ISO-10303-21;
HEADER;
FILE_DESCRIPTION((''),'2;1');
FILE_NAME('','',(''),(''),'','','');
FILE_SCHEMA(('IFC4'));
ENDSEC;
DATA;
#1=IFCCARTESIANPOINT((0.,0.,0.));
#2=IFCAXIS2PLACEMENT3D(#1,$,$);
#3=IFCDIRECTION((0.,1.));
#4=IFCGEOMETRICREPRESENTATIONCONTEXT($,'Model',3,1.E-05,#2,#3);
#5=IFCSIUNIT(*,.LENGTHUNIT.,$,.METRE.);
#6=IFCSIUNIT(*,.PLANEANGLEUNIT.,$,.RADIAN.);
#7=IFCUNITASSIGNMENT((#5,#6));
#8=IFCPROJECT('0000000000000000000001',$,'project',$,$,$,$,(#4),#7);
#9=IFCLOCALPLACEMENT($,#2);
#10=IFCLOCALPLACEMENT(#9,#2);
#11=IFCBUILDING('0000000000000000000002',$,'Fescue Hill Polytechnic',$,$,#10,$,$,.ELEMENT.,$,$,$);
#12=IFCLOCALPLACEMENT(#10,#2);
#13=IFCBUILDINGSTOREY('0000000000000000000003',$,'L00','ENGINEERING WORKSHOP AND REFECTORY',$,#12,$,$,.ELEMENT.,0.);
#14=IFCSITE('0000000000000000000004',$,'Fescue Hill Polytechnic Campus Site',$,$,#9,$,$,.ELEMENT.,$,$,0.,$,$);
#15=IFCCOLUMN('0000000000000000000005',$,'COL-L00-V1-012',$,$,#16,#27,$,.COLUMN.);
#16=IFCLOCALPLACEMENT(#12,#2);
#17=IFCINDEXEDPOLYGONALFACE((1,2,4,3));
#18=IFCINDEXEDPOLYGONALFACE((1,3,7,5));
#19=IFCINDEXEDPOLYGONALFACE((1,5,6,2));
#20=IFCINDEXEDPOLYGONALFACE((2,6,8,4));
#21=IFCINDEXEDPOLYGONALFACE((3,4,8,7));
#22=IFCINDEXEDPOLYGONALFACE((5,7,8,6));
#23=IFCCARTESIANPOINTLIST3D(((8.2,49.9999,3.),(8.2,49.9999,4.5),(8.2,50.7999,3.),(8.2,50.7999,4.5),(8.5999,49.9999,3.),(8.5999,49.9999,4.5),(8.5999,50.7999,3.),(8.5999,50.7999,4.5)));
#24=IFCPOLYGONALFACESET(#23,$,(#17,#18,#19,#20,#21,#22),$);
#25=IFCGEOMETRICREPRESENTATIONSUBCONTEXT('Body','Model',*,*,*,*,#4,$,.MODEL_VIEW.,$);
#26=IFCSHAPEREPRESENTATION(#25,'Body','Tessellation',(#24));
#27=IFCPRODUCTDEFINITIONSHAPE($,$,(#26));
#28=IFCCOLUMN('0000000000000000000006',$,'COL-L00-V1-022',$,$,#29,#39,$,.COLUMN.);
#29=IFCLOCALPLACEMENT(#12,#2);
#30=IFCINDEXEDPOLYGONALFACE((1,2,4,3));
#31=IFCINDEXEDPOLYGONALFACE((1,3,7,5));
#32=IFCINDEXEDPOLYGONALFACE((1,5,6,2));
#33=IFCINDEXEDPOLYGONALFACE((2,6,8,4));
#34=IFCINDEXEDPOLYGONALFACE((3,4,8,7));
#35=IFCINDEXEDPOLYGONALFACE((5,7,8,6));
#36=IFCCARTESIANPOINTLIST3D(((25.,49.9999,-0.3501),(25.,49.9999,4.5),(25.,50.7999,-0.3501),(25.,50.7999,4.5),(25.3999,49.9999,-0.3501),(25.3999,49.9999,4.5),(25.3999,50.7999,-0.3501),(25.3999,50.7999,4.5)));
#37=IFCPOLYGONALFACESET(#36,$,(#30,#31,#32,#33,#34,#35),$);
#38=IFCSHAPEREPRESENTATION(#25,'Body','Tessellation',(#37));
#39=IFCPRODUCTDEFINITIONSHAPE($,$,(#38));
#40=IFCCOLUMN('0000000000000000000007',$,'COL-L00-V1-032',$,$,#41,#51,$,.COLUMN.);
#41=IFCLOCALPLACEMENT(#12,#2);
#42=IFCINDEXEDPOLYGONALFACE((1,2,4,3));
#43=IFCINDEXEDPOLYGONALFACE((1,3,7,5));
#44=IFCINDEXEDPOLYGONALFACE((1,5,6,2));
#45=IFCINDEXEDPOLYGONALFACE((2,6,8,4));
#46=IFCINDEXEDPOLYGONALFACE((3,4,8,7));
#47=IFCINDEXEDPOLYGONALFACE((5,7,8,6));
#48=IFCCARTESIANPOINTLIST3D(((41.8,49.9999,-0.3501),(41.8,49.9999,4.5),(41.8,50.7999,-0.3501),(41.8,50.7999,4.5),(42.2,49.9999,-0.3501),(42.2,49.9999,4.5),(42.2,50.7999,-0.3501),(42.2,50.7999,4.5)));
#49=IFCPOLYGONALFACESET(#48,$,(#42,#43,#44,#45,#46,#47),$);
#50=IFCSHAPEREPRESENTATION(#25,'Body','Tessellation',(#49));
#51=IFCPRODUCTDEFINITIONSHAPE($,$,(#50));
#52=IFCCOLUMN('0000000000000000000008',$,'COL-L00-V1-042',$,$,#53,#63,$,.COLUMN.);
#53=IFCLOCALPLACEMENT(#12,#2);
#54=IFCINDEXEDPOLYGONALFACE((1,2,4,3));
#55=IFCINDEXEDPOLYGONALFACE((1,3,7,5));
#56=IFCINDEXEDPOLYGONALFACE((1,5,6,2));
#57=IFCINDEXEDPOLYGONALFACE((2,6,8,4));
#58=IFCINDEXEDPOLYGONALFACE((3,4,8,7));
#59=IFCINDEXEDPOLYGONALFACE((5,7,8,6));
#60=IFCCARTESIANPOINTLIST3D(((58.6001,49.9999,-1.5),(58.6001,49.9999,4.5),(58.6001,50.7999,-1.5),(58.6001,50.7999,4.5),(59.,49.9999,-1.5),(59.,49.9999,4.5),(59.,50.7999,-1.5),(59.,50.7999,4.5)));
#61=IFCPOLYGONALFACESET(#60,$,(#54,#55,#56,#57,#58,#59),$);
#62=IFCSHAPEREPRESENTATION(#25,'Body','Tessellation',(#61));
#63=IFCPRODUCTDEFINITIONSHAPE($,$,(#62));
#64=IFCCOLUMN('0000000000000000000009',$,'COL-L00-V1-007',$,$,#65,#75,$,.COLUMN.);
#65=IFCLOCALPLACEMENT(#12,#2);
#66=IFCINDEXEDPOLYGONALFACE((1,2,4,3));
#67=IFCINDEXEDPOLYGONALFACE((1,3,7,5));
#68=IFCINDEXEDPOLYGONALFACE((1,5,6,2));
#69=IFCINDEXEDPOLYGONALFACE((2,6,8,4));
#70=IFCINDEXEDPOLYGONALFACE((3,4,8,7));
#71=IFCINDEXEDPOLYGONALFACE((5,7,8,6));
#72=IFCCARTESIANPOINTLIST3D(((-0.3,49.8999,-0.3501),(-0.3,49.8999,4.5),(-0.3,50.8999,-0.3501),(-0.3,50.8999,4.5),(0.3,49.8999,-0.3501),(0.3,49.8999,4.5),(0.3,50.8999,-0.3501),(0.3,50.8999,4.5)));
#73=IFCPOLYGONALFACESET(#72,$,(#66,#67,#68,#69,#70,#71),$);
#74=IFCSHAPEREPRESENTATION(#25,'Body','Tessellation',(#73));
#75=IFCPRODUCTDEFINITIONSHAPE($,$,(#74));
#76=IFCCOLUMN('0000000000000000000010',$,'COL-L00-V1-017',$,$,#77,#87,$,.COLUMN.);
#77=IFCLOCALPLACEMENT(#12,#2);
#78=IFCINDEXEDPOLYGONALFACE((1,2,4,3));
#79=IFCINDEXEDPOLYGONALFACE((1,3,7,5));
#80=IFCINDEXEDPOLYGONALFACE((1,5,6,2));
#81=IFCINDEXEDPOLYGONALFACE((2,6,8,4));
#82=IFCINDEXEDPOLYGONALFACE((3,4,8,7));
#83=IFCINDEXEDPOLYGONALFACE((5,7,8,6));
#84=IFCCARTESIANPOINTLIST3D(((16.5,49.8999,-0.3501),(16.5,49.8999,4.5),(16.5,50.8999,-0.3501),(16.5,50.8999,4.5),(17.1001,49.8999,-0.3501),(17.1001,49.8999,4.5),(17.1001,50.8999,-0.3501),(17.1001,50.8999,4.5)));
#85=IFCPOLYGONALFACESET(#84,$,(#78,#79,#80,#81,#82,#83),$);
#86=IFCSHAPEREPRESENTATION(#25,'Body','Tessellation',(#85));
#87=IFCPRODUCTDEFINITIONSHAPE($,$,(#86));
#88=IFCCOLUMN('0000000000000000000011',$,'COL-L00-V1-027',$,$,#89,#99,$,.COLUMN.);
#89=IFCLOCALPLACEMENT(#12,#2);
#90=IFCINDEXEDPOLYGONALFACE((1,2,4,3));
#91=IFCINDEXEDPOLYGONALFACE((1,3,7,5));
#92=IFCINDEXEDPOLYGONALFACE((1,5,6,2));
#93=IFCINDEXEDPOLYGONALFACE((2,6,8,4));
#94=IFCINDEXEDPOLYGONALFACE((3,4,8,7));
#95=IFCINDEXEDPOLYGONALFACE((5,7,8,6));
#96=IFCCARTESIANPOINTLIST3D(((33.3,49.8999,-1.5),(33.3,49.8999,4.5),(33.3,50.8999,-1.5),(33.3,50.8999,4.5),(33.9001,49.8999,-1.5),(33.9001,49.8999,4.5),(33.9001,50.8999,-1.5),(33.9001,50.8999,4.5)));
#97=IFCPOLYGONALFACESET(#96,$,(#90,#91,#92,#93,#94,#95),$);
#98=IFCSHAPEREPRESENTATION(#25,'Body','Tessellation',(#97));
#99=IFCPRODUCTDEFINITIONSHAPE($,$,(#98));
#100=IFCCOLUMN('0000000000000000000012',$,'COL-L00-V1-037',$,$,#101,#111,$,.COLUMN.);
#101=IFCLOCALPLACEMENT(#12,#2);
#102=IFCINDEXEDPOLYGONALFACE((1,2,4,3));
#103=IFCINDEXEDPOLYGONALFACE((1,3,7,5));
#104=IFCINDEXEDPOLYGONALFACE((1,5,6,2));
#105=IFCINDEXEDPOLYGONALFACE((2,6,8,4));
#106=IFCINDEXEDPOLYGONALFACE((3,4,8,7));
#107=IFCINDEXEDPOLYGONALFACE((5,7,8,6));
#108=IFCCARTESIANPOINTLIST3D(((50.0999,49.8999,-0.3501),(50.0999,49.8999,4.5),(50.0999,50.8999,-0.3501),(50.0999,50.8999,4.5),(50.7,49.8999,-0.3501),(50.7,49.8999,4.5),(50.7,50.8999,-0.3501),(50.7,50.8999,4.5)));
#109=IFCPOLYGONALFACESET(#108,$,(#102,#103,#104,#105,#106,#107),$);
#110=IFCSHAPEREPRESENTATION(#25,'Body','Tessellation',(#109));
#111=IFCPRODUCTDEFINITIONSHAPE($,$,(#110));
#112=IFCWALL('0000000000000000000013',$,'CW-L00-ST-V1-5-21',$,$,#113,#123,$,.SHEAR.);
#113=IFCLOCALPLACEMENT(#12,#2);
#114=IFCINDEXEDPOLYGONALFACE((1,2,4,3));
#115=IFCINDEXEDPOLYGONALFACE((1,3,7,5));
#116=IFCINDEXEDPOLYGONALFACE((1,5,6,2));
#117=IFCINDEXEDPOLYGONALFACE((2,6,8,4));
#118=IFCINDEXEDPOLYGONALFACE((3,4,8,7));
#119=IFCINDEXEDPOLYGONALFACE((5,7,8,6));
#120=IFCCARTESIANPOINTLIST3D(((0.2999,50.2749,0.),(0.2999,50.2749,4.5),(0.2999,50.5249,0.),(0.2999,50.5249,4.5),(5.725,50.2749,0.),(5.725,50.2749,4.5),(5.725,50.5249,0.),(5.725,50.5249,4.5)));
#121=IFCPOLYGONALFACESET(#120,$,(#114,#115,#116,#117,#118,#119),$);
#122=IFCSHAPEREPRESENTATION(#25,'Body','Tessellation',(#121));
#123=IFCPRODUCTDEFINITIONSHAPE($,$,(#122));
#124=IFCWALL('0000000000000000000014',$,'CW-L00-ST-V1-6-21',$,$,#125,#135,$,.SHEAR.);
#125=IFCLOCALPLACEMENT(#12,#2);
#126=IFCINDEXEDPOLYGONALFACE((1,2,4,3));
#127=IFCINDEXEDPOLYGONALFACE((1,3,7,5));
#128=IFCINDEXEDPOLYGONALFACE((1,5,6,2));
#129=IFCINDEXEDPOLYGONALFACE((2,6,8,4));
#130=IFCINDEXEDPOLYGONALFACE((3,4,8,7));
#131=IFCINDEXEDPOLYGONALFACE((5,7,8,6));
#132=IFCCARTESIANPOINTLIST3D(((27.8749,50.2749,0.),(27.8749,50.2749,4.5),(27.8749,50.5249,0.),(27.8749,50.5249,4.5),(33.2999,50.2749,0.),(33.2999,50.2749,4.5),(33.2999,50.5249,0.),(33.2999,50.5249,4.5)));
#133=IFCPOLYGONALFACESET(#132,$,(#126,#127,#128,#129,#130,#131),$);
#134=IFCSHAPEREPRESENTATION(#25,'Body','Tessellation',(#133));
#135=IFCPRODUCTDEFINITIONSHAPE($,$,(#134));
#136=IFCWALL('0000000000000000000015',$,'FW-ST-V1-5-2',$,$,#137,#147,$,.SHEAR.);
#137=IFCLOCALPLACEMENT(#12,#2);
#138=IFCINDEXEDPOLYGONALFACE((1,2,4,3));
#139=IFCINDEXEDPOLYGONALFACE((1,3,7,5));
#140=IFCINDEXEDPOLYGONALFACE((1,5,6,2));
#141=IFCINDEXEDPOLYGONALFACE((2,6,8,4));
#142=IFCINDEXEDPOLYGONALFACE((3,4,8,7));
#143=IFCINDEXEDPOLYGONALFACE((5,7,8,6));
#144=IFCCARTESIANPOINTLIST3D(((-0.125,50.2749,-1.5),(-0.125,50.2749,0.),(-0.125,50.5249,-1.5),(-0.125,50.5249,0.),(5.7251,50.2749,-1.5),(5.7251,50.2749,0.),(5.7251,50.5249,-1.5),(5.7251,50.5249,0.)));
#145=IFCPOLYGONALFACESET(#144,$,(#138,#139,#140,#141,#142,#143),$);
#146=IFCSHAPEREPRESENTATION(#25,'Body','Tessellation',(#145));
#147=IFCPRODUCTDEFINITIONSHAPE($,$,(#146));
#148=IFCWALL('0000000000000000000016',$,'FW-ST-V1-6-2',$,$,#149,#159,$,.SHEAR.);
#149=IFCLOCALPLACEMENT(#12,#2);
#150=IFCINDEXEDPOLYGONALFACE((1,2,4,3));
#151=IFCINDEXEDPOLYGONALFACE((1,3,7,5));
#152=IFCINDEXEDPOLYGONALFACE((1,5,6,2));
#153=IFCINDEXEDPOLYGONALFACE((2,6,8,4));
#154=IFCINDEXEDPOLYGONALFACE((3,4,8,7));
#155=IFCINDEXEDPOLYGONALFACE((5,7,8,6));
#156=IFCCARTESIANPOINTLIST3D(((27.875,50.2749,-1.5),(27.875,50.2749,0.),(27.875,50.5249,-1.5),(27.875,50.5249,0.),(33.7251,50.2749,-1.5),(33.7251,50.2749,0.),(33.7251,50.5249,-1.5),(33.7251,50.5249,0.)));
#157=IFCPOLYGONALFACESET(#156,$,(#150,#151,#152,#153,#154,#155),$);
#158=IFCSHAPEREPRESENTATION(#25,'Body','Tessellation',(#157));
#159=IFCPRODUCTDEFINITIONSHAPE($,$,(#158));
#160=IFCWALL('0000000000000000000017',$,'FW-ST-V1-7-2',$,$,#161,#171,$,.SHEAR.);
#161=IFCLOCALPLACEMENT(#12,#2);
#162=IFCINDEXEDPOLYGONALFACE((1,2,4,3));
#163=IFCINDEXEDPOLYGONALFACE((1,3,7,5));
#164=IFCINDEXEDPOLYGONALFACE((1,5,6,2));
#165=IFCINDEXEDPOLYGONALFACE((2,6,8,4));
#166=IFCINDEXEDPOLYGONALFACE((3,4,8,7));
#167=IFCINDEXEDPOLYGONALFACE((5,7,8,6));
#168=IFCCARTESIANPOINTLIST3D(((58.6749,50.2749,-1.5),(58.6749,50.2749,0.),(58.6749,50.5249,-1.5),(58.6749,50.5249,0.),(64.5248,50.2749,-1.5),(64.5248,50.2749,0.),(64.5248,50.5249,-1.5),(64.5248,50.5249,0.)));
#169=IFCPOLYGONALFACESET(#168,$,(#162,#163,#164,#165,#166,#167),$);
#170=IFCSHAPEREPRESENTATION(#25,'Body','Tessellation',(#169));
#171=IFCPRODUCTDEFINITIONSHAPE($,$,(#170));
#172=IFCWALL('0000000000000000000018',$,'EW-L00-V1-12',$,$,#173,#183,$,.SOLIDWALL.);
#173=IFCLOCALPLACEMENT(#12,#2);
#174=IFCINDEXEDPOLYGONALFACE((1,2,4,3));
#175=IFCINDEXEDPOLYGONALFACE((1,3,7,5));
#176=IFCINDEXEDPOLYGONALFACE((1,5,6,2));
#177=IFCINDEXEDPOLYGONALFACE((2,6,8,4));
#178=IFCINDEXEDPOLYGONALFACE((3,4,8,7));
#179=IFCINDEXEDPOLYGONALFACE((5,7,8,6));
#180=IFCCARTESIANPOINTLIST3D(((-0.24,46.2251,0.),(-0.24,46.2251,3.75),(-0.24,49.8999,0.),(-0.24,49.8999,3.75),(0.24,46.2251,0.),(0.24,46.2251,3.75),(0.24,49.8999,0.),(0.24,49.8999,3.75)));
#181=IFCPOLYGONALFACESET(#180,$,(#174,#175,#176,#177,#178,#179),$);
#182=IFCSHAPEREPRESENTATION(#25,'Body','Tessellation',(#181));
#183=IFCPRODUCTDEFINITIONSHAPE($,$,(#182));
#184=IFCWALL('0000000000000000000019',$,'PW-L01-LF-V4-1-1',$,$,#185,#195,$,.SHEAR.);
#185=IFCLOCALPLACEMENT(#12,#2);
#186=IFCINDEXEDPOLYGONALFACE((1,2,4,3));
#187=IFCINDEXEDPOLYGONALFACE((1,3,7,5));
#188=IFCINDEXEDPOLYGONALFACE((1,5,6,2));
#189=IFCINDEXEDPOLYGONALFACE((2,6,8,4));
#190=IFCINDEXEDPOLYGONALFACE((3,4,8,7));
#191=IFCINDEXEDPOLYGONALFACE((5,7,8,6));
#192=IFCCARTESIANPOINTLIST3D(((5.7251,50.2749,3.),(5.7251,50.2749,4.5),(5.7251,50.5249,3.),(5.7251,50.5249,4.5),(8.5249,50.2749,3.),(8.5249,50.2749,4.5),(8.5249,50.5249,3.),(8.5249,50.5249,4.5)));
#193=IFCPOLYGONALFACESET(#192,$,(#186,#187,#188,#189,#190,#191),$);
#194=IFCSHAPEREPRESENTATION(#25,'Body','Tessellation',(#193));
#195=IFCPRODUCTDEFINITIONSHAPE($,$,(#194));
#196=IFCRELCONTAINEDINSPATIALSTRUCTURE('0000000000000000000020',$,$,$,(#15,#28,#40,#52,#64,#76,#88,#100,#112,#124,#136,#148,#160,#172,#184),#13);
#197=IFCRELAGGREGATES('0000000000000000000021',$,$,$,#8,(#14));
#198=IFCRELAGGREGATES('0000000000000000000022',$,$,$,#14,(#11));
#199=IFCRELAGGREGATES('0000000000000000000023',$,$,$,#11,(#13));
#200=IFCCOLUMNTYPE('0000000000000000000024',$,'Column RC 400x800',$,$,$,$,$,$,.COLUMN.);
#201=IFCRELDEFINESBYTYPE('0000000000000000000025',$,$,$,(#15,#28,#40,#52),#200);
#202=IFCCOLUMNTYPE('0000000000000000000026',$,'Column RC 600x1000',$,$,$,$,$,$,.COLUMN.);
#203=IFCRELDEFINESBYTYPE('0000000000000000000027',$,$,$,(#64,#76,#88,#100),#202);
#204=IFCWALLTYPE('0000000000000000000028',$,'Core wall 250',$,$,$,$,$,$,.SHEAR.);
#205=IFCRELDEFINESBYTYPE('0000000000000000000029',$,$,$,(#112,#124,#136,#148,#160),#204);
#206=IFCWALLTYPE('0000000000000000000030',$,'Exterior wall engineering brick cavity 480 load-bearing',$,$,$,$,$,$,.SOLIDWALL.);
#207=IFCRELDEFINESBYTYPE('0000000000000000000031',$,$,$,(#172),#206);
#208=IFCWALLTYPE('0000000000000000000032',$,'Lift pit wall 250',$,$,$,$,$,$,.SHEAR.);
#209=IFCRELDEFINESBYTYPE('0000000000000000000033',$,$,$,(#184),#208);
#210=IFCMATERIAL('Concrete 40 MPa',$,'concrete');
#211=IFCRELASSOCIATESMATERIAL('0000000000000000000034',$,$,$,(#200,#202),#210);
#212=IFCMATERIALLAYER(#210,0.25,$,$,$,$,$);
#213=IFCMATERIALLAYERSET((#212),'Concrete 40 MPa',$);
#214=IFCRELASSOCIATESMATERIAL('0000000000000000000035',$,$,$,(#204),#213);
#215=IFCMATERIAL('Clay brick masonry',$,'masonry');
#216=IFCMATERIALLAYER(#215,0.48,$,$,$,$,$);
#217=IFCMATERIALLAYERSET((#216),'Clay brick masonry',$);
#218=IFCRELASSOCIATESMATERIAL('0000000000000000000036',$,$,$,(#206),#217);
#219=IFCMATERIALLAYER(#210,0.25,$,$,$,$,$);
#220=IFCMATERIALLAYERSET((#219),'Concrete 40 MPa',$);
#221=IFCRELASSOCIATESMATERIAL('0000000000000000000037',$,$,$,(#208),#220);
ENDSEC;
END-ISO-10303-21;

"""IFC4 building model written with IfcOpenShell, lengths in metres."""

from ifc_helpers import new_model, si_unit, direction, frame, frame_2d, origin, origin_2d, place, context, subcontext, project, spatial, rectangle, extrude, material, layer, layer_set, material_profile, profile_set, type_object, element, save


model = new_model("IFC4")

# Units and contexts
model_context = context("Model", 3, precision=1e-05, world=origin(), true_north=direction((0.0, 1.0)))
body_context = subcontext(model_context, "Body", "Model", "MODEL_VIEW")
ifc_project = project(units=[si_unit("LENGTHUNIT", "METRE"), si_unit("PLANEANGLEUNIT", "RADIAN")], contexts=[model_context])

# Site, building, storey
site_placement = place(None, origin())
site = spatial("IfcSite", under=ifc_project, at=site_placement, Name="Fescue Hill Polytechnic Campus Site", CompositionType="ELEMENT", RefElevation=0.0)
building_placement = place(site_placement, origin())
building = spatial("IfcBuilding", under=site, at=building_placement, Name="Fescue Hill Polytechnic", CompositionType="ELEMENT")
storey_placement = place(building_placement, origin())
storey = spatial("IfcBuildingStorey", under=building, at=storey_placement, Name="L00", Description="ENGINEERING WORKSHOP AND REFECTORY", CompositionType="ELEMENT", Elevation=0.0)

# Columns
ifc_material_1 = material(Name="Concrete 40 MPa", Category="concrete")
ifc_material_profile_1 = material_profile(ifc_material_1, rectangle(XDim=0.3999, YDim=0.8, at=origin_2d()), Name="RC 400x800")
ifc_profile_set_1 = profile_set([ifc_material_profile_1], Name="Concrete 40 MPa")
column_type_1 = type_object("IfcColumnType", Name="Column RC 400x800", PredefinedType="COLUMN", material=ifc_profile_set_1)
column_1_placement = place(storey_placement, frame((8.3999, 50.3999, 3.0), z_axis=(0.0, 0.0, 1.0), x_axis=(1.0, 0.0, 0.0)))
element("IfcColumn", 1, at=column_1_placement, inside=storey, type_object=column_type_1, Name="COL-L00-V1-012", PredefinedType="COLUMN", context=body_context, shape_type="SweptSolid", body=[
    extrude(rectangle(XDim=0.3999, YDim=0.8, at=origin_2d()), origin(), (0.0, 0.0, 1.0), 1.5),
])
for number, where, z_axis, x_axis, name in (
    (2, (25.2, 50.3999, -0.3501), (0.0, 0.0, 1.0), (1.0, 0.0, 0.0), "COL-L00-V1-022"),
    (3, (42.0, 50.3999, -0.3501), (0.0, 0.0, 1.0), (1.0, 0.0, 0.0), "COL-L00-V1-032"),
):
    element("IfcColumn", number, at=place(storey_placement, frame(where, z_axis=z_axis, x_axis=x_axis)), inside=storey, type_object=column_type_1, Name=name, PredefinedType="COLUMN", context=body_context, shape_type="SweptSolid", body=[
        extrude(rectangle(XDim=0.3999, YDim=0.8, at=origin_2d()), origin(), (0.0, 0.0, 1.0), 4.8501),
    ])
column_2_placement = place(storey_placement, frame((58.8, 50.3999, -1.5), z_axis=(0.0, 0.0, 1.0), x_axis=(1.0, 0.0, 0.0)))
element("IfcColumn", 4, at=column_2_placement, inside=storey, type_object=column_type_1, Name="COL-L00-V1-042", PredefinedType="COLUMN", context=body_context, shape_type="SweptSolid", body=[
    extrude(rectangle(XDim=0.3999, YDim=0.8, at=origin_2d()), origin(), (0.0, 0.0, 1.0), 6.0),
])
ifc_material_profile_2 = material_profile(ifc_material_1, rectangle(XDim=0.6001, YDim=1.0, at=origin_2d()), Name="RC 600x1000")
ifc_profile_set_2 = profile_set([ifc_material_profile_2], Name="Concrete 40 MPa")
column_type_2 = type_object("IfcColumnType", Name="Column RC 600x1000", PredefinedType="COLUMN", material=ifc_profile_set_2)
for number, where, z_axis, x_axis, name in (
    (5, (0.0, 50.3999, -0.3501), (0.0, 0.0, 1.0), (1.0, 0.0, 0.0), "COL-L00-V1-007"),
    (6, (16.8, 50.3999, -0.3501), (0.0, 0.0, 1.0), (1.0, 0.0, 0.0), "COL-L00-V1-017"),
):
    element("IfcColumn", number, at=place(storey_placement, frame(where, z_axis=z_axis, x_axis=x_axis)), inside=storey, type_object=column_type_2, Name=name, PredefinedType="COLUMN", context=body_context, shape_type="SweptSolid", body=[
        extrude(rectangle(XDim=0.6001, YDim=1.0, at=origin_2d()), origin(), (0.0, 0.0, 1.0), 4.8501),
    ])
column_3_placement = place(storey_placement, frame((33.6001, 50.3999, -1.5), z_axis=(0.0, 0.0, 1.0), x_axis=(1.0, 0.0, 0.0)))
element("IfcColumn", 7, at=column_3_placement, inside=storey, type_object=column_type_2, Name="COL-L00-V1-027", PredefinedType="COLUMN", context=body_context, shape_type="SweptSolid", body=[
    extrude(rectangle(XDim=0.6001, YDim=1.0, at=origin_2d()), origin(), (0.0, 0.0, 1.0), 6.0),
])
column_4_placement = place(storey_placement, frame((50.3999, 50.3999, -0.3501), z_axis=(0.0, 0.0, 1.0), x_axis=(1.0, 0.0, 0.0)))
element("IfcColumn", 8, at=column_4_placement, inside=storey, type_object=column_type_2, Name="COL-L00-V1-037", PredefinedType="COLUMN", context=body_context, shape_type="SweptSolid", body=[
    extrude(rectangle(XDim=0.6001, YDim=1.0, at=origin_2d()), origin(), (0.0, 0.0, 1.0), 4.8501),
])

# Walls
ifc_layer_1 = layer(ifc_material_1, 0.25)
ifc_layer_set_1 = layer_set([ifc_layer_1], Name="Concrete 40 MPa")
wall_type_1 = type_object("IfcWallType", Name="Core wall 250", PredefinedType="SHEAR", material=ifc_layer_set_1)
for number, where, z_axis, x_axis, name in (
    (9, (0.3, 50.3999, 0.0), (0.0, 0.0, 1.0), (1.0, 0.0, 0.0), "CW-L00-ST-V1-5-21"),
    (10, (27.875, 50.3999, 0.0), (0.0, 0.0, 1.0), (1.0, 0.0, 0.0), "CW-L00-ST-V1-6-21"),
):
    element("IfcWall", number, at=place(storey_placement, frame(where, z_axis=z_axis, x_axis=x_axis)), inside=storey, type_object=wall_type_1, Name=name, PredefinedType="SHEAR", context=body_context, shape_type="SweptSolid", body=[
        extrude(rectangle(XDim=5.425, YDim=0.25, at=frame_2d((2.7124, 0.0))), origin(), (0.0, 0.0, 1.0), 4.5),
    ])
for number, where, z_axis, x_axis, name in (
    (11, (-0.125, 50.3999, -1.5), (0.0, 0.0, 1.0), (1.0, 0.0, 0.0), "FW-ST-V1-5-2"),
    (12, (27.875, 50.3999, -1.5), (0.0, 0.0, 1.0), (1.0, 0.0, 0.0), "FW-ST-V1-6-2"),
):
    element("IfcWall", number, at=place(storey_placement, frame(where, z_axis=z_axis, x_axis=x_axis)), inside=storey, type_object=wall_type_1, Name=name, PredefinedType="SHEAR", context=body_context, shape_type="SweptSolid", body=[
        extrude(rectangle(XDim=5.8501, YDim=0.25, at=frame_2d((2.925, 0.0))), origin(), (0.0, 0.0, 1.0), 1.5),
    ])
wall_1_placement = place(storey_placement, frame((58.675, 50.3999, -1.5), z_axis=(0.0, 0.0, 1.0), x_axis=(1.0, 0.0, 0.0)))
element("IfcWall", 13, at=wall_1_placement, inside=storey, type_object=wall_type_1, Name="FW-ST-V1-7-2", PredefinedType="SHEAR", context=body_context, shape_type="SweptSolid", body=[
    extrude(rectangle(XDim=5.8499, YDim=0.25, at=frame_2d((2.9248, 0.0))), origin(), (0.0, 0.0, 1.0), 1.5),
])
ifc_material_2 = material(Name="Clay brick masonry", Category="masonry")
ifc_layer_2 = layer(ifc_material_2, 0.48)
ifc_layer_set_2 = layer_set([ifc_layer_2], Name="Clay brick masonry")
wall_type_2 = type_object("IfcWallType", Name="Exterior wall engineering brick cavity 480 load-bearing", PredefinedType="SOLIDWALL", material=ifc_layer_set_2)
wall_2_placement = place(storey_placement, frame((0.0, 49.8999, 0.0), z_axis=(0.0, 0.0, 1.0), x_axis=(0.0, -1.0, 0.0)))
element("IfcWall", 14, at=wall_2_placement, inside=storey, type_object=wall_type_2, Name="EW-L00-V1-12", PredefinedType="SOLIDWALL", context=body_context, shape_type="SweptSolid", body=[
    extrude(rectangle(XDim=3.6748, YDim=0.48, at=frame_2d((1.8374, 0.0))), origin(), (0.0, 0.0, 1.0), 3.75),
])
ifc_layer_3 = layer(ifc_material_1, 0.25)
ifc_layer_set_3 = layer_set([ifc_layer_3], Name="Concrete 40 MPa")
wall_type_3 = type_object("IfcWallType", Name="Lift pit wall 250", PredefinedType="SHEAR", material=ifc_layer_set_3)
wall_3_placement = place(storey_placement, frame((5.7251, 50.3999, 3.0), z_axis=(0.0, 0.0, 1.0), x_axis=(1.0, 0.0, 0.0)))
element("IfcWall", 15, at=wall_3_placement, inside=storey, type_object=wall_type_3, Name="PW-L01-LF-V4-1-1", PredefinedType="SHEAR", context=body_context, shape_type="SweptSolid", body=[
    extrude(rectangle(XDim=2.7998, YDim=0.25, at=frame_2d((1.3999, 0.0))), origin(), (0.0, 0.0, 1.0), 1.5),
])

save(model, "model.ifc")
